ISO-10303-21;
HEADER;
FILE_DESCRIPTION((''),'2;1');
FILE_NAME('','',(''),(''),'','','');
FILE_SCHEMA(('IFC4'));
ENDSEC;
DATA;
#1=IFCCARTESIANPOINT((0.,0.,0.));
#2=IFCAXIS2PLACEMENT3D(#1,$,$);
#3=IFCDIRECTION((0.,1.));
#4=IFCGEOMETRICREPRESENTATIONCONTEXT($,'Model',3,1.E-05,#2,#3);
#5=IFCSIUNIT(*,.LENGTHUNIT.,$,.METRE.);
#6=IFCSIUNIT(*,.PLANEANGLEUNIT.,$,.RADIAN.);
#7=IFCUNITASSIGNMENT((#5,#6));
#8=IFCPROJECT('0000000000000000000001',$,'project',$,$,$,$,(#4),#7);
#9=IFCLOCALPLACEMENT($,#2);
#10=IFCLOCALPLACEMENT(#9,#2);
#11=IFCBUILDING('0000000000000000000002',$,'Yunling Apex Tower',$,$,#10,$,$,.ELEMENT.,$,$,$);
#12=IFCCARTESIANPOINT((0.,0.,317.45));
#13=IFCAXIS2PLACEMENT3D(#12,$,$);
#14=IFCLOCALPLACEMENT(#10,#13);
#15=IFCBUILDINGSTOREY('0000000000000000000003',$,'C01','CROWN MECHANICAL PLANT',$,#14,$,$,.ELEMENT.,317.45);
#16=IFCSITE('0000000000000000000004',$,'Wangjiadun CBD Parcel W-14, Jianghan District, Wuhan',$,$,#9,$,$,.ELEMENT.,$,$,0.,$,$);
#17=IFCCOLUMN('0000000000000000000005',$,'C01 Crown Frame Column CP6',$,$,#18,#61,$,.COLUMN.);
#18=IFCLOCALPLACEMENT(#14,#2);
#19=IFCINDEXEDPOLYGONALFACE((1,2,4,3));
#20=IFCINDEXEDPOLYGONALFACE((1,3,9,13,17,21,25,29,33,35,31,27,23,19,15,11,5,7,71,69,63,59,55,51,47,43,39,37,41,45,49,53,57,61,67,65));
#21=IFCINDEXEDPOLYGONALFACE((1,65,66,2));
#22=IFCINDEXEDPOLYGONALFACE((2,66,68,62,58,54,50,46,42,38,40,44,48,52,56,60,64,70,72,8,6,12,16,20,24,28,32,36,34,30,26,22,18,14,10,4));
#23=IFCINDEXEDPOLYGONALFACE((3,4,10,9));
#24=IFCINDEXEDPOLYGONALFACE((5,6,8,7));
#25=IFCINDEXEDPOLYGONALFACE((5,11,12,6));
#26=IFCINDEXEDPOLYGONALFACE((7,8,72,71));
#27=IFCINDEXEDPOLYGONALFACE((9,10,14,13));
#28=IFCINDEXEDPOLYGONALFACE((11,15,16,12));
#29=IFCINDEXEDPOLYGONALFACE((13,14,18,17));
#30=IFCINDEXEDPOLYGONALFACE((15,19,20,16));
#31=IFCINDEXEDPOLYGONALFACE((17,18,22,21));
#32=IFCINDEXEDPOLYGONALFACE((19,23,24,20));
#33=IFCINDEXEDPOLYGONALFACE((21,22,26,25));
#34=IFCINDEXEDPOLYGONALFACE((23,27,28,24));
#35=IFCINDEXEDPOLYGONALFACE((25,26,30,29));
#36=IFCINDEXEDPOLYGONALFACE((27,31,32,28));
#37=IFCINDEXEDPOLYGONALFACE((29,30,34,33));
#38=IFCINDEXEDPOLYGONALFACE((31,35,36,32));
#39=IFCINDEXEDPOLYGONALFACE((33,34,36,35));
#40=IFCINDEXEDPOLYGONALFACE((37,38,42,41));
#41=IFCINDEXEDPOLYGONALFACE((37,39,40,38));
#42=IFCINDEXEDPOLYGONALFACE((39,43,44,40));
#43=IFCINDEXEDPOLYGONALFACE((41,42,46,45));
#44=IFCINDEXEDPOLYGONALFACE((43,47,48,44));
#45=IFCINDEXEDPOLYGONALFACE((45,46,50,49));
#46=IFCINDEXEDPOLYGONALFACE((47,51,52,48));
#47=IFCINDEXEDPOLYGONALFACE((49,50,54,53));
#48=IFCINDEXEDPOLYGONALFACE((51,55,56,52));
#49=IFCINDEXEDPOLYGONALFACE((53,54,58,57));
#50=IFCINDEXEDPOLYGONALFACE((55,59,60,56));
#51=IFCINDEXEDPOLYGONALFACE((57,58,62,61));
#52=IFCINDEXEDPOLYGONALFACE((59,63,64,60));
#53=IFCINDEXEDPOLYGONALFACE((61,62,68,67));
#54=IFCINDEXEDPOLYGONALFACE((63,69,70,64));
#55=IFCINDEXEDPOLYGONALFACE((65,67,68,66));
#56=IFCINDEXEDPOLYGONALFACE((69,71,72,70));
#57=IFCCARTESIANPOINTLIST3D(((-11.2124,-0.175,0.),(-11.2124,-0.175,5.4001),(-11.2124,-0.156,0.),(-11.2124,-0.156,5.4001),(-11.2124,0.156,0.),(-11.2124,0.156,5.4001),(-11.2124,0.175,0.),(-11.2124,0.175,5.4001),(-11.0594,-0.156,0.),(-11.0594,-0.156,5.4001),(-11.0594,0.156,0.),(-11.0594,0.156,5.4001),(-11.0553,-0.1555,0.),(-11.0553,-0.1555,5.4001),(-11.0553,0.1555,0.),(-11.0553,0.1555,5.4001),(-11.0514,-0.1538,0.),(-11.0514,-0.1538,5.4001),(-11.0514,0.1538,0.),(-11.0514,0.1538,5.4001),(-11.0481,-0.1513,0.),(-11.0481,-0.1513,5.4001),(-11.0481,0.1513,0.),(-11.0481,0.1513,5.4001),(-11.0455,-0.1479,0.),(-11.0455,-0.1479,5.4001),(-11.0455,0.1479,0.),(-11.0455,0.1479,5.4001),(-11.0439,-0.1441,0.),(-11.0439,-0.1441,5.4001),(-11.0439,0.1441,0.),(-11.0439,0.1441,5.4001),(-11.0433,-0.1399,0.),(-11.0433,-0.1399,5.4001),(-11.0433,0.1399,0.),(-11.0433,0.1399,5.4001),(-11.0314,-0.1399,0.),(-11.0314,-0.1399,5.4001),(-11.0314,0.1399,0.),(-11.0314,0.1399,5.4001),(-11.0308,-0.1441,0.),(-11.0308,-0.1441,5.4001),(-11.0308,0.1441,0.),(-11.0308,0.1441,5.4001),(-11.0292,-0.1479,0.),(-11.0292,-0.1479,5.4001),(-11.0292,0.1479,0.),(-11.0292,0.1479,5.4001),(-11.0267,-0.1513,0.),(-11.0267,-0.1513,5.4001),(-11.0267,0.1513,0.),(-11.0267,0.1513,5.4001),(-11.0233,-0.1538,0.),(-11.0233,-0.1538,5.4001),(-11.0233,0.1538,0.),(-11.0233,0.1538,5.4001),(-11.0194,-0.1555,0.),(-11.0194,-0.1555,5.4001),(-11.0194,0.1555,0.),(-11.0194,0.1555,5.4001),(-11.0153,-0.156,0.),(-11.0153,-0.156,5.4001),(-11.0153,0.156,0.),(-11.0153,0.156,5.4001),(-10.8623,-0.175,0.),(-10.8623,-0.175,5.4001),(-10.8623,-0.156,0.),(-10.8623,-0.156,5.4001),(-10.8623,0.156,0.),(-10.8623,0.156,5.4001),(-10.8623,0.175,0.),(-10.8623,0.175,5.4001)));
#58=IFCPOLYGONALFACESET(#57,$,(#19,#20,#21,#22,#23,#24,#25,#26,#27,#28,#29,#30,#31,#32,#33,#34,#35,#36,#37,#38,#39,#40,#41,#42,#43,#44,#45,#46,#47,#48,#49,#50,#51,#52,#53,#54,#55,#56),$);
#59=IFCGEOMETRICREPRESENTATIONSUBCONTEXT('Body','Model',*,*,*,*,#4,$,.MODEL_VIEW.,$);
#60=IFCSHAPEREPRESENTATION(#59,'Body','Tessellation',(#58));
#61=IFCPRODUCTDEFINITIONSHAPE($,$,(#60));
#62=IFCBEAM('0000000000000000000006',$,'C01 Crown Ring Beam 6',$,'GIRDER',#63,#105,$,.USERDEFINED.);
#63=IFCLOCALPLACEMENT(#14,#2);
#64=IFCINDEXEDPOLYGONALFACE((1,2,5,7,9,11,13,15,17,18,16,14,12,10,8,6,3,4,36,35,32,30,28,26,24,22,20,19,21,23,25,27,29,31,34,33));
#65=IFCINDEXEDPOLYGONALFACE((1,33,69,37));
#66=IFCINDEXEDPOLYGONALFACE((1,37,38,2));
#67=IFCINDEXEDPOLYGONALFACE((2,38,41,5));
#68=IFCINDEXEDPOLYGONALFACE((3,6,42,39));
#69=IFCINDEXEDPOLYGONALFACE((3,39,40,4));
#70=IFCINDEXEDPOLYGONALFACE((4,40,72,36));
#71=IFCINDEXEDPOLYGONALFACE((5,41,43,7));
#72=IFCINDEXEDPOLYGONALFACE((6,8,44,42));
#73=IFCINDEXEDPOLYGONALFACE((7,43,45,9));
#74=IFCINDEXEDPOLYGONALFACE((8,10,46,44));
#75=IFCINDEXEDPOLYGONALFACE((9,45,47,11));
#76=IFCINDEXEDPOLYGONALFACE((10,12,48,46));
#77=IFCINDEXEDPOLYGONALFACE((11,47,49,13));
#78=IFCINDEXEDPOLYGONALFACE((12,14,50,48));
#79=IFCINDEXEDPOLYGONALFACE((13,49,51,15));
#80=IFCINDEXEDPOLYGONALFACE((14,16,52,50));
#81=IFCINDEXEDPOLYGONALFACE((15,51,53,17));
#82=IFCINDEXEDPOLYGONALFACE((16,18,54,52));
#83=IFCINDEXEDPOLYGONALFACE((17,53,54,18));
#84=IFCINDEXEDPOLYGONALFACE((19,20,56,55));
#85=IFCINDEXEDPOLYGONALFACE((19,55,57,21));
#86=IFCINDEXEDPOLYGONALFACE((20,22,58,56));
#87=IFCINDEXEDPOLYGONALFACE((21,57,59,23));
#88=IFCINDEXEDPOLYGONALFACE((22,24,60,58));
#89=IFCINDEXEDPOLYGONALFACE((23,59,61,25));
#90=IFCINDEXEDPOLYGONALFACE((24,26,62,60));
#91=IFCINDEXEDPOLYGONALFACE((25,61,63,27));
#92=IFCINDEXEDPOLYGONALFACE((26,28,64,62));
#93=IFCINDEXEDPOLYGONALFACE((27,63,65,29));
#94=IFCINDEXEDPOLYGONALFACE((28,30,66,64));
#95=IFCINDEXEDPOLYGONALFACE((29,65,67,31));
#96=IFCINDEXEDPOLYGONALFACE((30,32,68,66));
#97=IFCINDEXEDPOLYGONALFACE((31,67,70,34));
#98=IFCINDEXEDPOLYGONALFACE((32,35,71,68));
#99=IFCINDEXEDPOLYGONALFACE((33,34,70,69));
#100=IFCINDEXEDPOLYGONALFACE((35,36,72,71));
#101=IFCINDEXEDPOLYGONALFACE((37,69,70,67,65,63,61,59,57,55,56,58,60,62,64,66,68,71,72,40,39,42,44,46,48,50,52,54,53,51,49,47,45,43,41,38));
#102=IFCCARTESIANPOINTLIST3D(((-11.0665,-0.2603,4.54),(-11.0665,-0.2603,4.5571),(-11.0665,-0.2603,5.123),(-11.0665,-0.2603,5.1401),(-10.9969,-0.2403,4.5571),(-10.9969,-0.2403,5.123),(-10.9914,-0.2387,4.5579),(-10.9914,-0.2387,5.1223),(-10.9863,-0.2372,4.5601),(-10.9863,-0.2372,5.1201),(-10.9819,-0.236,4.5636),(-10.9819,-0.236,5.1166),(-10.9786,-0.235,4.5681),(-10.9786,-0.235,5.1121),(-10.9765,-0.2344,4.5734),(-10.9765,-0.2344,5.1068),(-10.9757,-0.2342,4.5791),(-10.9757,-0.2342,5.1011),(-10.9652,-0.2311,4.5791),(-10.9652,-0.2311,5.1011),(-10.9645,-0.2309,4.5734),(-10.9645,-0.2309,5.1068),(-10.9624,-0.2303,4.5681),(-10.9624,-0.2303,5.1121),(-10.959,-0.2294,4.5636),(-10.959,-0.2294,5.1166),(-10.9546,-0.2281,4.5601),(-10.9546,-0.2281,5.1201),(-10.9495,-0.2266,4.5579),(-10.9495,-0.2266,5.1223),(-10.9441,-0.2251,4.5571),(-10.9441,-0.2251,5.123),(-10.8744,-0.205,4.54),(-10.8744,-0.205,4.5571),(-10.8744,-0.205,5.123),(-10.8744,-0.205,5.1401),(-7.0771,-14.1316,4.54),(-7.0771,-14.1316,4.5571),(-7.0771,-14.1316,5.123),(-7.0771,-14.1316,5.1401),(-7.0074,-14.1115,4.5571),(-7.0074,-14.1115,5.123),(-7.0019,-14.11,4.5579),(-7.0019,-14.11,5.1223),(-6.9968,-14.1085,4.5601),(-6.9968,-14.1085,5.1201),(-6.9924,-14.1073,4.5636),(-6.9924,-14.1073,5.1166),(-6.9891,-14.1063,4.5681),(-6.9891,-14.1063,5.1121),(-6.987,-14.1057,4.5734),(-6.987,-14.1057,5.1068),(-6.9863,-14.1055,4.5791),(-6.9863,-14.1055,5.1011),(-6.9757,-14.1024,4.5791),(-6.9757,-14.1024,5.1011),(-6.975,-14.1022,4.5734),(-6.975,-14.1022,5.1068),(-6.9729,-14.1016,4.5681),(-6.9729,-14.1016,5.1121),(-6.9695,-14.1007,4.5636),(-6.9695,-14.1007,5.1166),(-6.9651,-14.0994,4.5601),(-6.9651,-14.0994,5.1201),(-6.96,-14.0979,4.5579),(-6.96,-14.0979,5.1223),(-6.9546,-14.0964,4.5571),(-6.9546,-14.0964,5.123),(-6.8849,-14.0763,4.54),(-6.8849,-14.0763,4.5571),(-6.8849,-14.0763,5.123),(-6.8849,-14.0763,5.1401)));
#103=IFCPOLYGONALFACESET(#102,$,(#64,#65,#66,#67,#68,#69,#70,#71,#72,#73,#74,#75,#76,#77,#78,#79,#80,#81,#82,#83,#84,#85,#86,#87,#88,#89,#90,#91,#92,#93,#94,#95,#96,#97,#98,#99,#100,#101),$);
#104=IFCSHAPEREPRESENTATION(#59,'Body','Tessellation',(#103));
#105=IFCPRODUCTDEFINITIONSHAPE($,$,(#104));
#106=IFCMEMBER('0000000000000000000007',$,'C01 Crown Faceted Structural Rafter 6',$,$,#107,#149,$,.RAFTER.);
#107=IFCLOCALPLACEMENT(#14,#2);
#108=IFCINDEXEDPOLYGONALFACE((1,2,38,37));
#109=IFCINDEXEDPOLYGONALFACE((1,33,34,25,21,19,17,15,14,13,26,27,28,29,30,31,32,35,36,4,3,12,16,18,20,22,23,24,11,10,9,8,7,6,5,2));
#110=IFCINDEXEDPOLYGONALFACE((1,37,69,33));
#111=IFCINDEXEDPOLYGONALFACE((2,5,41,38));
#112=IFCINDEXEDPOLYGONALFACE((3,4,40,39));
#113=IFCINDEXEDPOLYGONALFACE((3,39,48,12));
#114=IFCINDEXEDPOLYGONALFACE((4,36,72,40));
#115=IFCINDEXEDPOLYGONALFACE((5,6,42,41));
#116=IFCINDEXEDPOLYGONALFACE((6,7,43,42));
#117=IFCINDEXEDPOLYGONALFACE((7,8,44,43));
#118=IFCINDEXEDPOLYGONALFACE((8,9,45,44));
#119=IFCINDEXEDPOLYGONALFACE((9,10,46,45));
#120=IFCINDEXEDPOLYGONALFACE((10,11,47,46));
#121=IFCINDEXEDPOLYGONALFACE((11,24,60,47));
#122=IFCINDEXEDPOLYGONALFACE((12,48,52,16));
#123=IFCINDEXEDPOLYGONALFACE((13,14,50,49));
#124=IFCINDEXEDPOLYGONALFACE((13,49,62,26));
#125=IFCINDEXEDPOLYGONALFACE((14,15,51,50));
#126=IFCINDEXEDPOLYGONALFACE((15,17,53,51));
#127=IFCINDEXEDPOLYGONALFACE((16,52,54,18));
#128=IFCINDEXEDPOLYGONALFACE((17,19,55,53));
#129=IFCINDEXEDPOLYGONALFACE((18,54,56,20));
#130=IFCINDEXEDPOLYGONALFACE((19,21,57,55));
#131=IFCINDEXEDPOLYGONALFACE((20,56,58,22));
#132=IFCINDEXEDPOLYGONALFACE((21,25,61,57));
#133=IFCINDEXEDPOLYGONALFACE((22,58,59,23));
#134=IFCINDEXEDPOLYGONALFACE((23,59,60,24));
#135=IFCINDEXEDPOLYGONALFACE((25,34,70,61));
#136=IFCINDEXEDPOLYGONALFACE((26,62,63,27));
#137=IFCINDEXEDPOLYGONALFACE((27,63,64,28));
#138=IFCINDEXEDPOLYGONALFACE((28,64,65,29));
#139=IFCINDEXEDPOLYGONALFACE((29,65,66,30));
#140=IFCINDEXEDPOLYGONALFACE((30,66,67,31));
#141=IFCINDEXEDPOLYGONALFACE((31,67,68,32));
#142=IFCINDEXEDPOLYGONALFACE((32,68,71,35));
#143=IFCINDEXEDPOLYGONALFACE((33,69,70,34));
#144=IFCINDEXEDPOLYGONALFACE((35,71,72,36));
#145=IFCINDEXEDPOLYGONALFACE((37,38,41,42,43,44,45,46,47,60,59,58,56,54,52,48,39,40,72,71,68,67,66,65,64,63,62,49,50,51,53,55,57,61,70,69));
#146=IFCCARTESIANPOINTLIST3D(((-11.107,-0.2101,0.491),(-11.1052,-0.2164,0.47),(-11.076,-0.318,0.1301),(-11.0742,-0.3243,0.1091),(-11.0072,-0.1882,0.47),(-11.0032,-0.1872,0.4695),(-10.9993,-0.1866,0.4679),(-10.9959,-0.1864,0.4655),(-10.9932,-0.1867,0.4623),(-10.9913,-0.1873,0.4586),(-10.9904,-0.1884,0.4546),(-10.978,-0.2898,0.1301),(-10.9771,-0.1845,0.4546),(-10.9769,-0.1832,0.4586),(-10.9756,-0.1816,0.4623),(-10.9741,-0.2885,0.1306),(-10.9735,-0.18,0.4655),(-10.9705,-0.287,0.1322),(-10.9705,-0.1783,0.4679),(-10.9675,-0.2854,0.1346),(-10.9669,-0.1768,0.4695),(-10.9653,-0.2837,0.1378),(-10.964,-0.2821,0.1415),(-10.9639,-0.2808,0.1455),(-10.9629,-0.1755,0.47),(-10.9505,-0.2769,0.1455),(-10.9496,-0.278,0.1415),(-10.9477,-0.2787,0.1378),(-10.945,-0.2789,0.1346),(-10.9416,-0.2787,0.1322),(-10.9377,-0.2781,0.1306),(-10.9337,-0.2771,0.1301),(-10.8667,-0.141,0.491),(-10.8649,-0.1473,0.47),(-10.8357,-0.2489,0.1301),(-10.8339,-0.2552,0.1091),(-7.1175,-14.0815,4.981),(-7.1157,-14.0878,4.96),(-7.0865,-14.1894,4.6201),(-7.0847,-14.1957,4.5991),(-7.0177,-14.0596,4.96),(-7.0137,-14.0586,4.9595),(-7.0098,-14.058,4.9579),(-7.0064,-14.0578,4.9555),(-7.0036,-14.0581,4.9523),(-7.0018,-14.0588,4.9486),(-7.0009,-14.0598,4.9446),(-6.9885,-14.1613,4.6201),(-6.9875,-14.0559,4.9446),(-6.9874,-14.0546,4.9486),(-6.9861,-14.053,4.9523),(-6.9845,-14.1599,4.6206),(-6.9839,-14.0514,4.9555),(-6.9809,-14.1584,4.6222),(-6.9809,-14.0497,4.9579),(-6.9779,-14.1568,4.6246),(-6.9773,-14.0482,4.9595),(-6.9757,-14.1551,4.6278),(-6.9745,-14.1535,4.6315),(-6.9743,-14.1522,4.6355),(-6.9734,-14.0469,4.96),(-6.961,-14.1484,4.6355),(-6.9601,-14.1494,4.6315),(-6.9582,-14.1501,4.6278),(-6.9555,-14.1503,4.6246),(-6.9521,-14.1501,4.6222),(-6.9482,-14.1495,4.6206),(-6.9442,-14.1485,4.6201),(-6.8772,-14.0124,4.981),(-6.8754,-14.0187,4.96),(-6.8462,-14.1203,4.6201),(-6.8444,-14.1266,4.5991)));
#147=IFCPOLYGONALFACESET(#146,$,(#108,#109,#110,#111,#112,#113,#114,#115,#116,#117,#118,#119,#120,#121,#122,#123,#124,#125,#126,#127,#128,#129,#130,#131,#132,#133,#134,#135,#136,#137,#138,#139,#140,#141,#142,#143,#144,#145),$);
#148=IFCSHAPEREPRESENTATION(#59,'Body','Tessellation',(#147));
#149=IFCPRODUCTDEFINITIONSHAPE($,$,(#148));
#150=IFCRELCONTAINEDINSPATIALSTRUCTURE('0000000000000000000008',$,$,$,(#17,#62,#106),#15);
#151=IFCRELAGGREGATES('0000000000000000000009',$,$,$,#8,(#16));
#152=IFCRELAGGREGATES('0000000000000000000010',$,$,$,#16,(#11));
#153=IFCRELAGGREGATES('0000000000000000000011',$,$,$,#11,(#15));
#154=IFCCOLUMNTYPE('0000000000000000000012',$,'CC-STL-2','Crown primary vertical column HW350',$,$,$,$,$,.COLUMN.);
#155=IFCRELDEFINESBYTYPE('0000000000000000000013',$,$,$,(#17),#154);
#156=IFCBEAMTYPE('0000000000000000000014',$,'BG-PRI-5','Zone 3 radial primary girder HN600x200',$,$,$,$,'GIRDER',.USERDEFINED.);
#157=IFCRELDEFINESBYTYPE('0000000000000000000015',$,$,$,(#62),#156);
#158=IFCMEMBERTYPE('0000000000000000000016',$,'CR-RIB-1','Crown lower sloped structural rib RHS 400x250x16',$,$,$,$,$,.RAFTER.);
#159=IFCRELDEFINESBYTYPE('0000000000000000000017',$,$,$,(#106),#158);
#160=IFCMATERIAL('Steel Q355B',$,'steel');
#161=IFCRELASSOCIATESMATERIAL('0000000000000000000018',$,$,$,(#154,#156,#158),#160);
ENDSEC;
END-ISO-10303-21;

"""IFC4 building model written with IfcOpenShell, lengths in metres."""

from ifc_helpers import new_model, si_unit, direction, frame, origin, origin_2d, place, context, subcontext, project, spatial, i_section, extrude, source, transform, mapped, material, material_profile, profile_set, type_object, element, save


model = new_model("IFC4")

# Units and contexts
model_context = context("Model", 3, precision=1e-05, world=origin(), true_north=direction((0.0, 1.0)))
body_context = subcontext(model_context, "Body", "Model", "MODEL_VIEW")
ifc_project = project(units=[si_unit("LENGTHUNIT", "METRE"), si_unit("PLANEANGLEUNIT", "RADIAN")], contexts=[model_context])

# Site, building, storey
site_placement = place(None, origin())
site = spatial("IfcSite", under=ifc_project, at=site_placement, Name="Wangjiadun CBD Parcel W-14, Jianghan District, Wuhan", CompositionType="ELEMENT", RefElevation=0.0)
building_placement = place(site_placement, origin())
building = spatial("IfcBuilding", under=site, at=building_placement, Name="Yunling Apex Tower", CompositionType="ELEMENT")
storey_placement = place(building_placement, frame((0.0, 0.0, 317.45)))
storey = spatial("IfcBuildingStorey", under=building, at=storey_placement, Name="C01", Description="CROWN MECHANICAL PLANT", CompositionType="ELEMENT", Elevation=317.45)

# Column
ifc_material_1 = material(Name="Steel Q355B", Category="steel")
ifc_material_profile_1 = material_profile(ifc_material_1, i_section(OverallWidth=0.3501, OverallDepth=0.3501, WebThickness=0.012, FlangeThickness=0.019, FilletRadius=0.0161, at=origin_2d()))
ifc_profile_set_1 = profile_set([ifc_material_profile_1], Name="Steel Q355B")
column_type = type_object("IfcColumnType", Name="CC-STL-2", Description="Crown primary vertical column HW350", PredefinedType="COLUMN", material=ifc_profile_set_1)
shared_shape_1 = source(origin(), body_context, "Body", "SweptSolid", [
    extrude(i_section(OverallWidth=0.3501, OverallDepth=0.3501, WebThickness=0.012, FlangeThickness=0.019, FilletRadius=0.0161, at=origin_2d()), origin(), (0.0, 0.0, 1.0), 5.4001),
])
column_placement = place(storey_placement, frame((-11.0374, 0.0, 0.0), z_axis=(0.0, 0.0, 1.0), x_axis=(1.0, 0.0, 0.0)))
element("IfcColumn", 1, at=column_placement, inside=storey, type_object=column_type, Name="C01 Crown Frame Column CP6", PredefinedType="COLUMN", context=body_context, shape_type="MappedRepresentation", body=[
    mapped(shared_shape_1, transform((0.0, 0.0, 0.0), scale=1.0)),
])

# Beam
ifc_material_profile_2 = material_profile(ifc_material_1, i_section(OverallWidth=0.2, OverallDepth=0.6001, WebThickness=0.011, FlangeThickness=0.0171, FilletRadius=0.022, at=origin_2d()))
ifc_profile_set_2 = profile_set([ifc_material_profile_2], Name="Steel Q355B")
beam_type = type_object("IfcBeamType", Name="BG-PRI-5", Description="Zone 3 radial primary girder HN600x200", ElementType="GIRDER", PredefinedType="USERDEFINED", material=ifc_profile_set_2)
shared_shape_2 = source(origin(), body_context, "Body", "SweptSolid", [
    extrude(i_section(OverallWidth=0.2, OverallDepth=0.6001, WebThickness=0.011, FlangeThickness=0.0171, FilletRadius=0.022, at=origin_2d()), origin(), (0.0, 0.0, 1.0), 14.4336),
])
beam_placement = place(storey_placement, frame((-10.9705, -0.2327, 4.8401), z_axis=(0.276403, -0.961042, 0.0), x_axis=(0.961042, 0.276403, 0.0)))
element("IfcBeam", 2, at=beam_placement, inside=storey, type_object=beam_type, Name="C01 Crown Ring Beam 6", ObjectType="GIRDER", PredefinedType="USERDEFINED", context=body_context, shape_type="MappedRepresentation", body=[
    mapped(shared_shape_2, transform((0.0, 0.0, 0.0), scale=1.0)),
])

# Member
ifc_material_profile_3 = material_profile(ifc_material_1, i_section(OverallWidth=0.25, OverallDepth=0.3999, WebThickness=0.0139, FlangeThickness=0.022, FilletRadius=0.0161, at=origin_2d()))
ifc_profile_set_3 = profile_set([ifc_material_profile_3], Name="Steel Q355B")
member_type_1 = type_object("IfcMemberType", Name="CR-RIB-1", Description="Crown lower sloped structural rib RHS 400x250x16", PredefinedType="RAFTER", material=ifc_profile_set_3)
shared_shape_3 = source(origin(), body_context, "Body", "SweptSolid", [
    extrude(i_section(OverallWidth=0.25, OverallDepth=0.3999, WebThickness=0.0139, FlangeThickness=0.022, FilletRadius=0.0161, at=origin_2d()), origin(), (0.0, 0.0, 1.0), 15.116),
])
member_1_placement = place(storey_placement, frame((-10.9705, -0.2327, 0.3), z_axis=(0.263928, -0.917666, 0.297038), x_axis=(0.961042, 0.276403, 0.0)))
element("IfcMember", 3, at=member_1_placement, inside=storey, type_object=member_type_1, Name="C01 Crown Faceted Structural Rafter 6", PredefinedType="RAFTER", context=body_context, shape_type="MappedRepresentation", body=[
    mapped(shared_shape_3, transform((0.0, 0.0, 0.0), scale=1.0)),
])

save(model, "model.ifc")
